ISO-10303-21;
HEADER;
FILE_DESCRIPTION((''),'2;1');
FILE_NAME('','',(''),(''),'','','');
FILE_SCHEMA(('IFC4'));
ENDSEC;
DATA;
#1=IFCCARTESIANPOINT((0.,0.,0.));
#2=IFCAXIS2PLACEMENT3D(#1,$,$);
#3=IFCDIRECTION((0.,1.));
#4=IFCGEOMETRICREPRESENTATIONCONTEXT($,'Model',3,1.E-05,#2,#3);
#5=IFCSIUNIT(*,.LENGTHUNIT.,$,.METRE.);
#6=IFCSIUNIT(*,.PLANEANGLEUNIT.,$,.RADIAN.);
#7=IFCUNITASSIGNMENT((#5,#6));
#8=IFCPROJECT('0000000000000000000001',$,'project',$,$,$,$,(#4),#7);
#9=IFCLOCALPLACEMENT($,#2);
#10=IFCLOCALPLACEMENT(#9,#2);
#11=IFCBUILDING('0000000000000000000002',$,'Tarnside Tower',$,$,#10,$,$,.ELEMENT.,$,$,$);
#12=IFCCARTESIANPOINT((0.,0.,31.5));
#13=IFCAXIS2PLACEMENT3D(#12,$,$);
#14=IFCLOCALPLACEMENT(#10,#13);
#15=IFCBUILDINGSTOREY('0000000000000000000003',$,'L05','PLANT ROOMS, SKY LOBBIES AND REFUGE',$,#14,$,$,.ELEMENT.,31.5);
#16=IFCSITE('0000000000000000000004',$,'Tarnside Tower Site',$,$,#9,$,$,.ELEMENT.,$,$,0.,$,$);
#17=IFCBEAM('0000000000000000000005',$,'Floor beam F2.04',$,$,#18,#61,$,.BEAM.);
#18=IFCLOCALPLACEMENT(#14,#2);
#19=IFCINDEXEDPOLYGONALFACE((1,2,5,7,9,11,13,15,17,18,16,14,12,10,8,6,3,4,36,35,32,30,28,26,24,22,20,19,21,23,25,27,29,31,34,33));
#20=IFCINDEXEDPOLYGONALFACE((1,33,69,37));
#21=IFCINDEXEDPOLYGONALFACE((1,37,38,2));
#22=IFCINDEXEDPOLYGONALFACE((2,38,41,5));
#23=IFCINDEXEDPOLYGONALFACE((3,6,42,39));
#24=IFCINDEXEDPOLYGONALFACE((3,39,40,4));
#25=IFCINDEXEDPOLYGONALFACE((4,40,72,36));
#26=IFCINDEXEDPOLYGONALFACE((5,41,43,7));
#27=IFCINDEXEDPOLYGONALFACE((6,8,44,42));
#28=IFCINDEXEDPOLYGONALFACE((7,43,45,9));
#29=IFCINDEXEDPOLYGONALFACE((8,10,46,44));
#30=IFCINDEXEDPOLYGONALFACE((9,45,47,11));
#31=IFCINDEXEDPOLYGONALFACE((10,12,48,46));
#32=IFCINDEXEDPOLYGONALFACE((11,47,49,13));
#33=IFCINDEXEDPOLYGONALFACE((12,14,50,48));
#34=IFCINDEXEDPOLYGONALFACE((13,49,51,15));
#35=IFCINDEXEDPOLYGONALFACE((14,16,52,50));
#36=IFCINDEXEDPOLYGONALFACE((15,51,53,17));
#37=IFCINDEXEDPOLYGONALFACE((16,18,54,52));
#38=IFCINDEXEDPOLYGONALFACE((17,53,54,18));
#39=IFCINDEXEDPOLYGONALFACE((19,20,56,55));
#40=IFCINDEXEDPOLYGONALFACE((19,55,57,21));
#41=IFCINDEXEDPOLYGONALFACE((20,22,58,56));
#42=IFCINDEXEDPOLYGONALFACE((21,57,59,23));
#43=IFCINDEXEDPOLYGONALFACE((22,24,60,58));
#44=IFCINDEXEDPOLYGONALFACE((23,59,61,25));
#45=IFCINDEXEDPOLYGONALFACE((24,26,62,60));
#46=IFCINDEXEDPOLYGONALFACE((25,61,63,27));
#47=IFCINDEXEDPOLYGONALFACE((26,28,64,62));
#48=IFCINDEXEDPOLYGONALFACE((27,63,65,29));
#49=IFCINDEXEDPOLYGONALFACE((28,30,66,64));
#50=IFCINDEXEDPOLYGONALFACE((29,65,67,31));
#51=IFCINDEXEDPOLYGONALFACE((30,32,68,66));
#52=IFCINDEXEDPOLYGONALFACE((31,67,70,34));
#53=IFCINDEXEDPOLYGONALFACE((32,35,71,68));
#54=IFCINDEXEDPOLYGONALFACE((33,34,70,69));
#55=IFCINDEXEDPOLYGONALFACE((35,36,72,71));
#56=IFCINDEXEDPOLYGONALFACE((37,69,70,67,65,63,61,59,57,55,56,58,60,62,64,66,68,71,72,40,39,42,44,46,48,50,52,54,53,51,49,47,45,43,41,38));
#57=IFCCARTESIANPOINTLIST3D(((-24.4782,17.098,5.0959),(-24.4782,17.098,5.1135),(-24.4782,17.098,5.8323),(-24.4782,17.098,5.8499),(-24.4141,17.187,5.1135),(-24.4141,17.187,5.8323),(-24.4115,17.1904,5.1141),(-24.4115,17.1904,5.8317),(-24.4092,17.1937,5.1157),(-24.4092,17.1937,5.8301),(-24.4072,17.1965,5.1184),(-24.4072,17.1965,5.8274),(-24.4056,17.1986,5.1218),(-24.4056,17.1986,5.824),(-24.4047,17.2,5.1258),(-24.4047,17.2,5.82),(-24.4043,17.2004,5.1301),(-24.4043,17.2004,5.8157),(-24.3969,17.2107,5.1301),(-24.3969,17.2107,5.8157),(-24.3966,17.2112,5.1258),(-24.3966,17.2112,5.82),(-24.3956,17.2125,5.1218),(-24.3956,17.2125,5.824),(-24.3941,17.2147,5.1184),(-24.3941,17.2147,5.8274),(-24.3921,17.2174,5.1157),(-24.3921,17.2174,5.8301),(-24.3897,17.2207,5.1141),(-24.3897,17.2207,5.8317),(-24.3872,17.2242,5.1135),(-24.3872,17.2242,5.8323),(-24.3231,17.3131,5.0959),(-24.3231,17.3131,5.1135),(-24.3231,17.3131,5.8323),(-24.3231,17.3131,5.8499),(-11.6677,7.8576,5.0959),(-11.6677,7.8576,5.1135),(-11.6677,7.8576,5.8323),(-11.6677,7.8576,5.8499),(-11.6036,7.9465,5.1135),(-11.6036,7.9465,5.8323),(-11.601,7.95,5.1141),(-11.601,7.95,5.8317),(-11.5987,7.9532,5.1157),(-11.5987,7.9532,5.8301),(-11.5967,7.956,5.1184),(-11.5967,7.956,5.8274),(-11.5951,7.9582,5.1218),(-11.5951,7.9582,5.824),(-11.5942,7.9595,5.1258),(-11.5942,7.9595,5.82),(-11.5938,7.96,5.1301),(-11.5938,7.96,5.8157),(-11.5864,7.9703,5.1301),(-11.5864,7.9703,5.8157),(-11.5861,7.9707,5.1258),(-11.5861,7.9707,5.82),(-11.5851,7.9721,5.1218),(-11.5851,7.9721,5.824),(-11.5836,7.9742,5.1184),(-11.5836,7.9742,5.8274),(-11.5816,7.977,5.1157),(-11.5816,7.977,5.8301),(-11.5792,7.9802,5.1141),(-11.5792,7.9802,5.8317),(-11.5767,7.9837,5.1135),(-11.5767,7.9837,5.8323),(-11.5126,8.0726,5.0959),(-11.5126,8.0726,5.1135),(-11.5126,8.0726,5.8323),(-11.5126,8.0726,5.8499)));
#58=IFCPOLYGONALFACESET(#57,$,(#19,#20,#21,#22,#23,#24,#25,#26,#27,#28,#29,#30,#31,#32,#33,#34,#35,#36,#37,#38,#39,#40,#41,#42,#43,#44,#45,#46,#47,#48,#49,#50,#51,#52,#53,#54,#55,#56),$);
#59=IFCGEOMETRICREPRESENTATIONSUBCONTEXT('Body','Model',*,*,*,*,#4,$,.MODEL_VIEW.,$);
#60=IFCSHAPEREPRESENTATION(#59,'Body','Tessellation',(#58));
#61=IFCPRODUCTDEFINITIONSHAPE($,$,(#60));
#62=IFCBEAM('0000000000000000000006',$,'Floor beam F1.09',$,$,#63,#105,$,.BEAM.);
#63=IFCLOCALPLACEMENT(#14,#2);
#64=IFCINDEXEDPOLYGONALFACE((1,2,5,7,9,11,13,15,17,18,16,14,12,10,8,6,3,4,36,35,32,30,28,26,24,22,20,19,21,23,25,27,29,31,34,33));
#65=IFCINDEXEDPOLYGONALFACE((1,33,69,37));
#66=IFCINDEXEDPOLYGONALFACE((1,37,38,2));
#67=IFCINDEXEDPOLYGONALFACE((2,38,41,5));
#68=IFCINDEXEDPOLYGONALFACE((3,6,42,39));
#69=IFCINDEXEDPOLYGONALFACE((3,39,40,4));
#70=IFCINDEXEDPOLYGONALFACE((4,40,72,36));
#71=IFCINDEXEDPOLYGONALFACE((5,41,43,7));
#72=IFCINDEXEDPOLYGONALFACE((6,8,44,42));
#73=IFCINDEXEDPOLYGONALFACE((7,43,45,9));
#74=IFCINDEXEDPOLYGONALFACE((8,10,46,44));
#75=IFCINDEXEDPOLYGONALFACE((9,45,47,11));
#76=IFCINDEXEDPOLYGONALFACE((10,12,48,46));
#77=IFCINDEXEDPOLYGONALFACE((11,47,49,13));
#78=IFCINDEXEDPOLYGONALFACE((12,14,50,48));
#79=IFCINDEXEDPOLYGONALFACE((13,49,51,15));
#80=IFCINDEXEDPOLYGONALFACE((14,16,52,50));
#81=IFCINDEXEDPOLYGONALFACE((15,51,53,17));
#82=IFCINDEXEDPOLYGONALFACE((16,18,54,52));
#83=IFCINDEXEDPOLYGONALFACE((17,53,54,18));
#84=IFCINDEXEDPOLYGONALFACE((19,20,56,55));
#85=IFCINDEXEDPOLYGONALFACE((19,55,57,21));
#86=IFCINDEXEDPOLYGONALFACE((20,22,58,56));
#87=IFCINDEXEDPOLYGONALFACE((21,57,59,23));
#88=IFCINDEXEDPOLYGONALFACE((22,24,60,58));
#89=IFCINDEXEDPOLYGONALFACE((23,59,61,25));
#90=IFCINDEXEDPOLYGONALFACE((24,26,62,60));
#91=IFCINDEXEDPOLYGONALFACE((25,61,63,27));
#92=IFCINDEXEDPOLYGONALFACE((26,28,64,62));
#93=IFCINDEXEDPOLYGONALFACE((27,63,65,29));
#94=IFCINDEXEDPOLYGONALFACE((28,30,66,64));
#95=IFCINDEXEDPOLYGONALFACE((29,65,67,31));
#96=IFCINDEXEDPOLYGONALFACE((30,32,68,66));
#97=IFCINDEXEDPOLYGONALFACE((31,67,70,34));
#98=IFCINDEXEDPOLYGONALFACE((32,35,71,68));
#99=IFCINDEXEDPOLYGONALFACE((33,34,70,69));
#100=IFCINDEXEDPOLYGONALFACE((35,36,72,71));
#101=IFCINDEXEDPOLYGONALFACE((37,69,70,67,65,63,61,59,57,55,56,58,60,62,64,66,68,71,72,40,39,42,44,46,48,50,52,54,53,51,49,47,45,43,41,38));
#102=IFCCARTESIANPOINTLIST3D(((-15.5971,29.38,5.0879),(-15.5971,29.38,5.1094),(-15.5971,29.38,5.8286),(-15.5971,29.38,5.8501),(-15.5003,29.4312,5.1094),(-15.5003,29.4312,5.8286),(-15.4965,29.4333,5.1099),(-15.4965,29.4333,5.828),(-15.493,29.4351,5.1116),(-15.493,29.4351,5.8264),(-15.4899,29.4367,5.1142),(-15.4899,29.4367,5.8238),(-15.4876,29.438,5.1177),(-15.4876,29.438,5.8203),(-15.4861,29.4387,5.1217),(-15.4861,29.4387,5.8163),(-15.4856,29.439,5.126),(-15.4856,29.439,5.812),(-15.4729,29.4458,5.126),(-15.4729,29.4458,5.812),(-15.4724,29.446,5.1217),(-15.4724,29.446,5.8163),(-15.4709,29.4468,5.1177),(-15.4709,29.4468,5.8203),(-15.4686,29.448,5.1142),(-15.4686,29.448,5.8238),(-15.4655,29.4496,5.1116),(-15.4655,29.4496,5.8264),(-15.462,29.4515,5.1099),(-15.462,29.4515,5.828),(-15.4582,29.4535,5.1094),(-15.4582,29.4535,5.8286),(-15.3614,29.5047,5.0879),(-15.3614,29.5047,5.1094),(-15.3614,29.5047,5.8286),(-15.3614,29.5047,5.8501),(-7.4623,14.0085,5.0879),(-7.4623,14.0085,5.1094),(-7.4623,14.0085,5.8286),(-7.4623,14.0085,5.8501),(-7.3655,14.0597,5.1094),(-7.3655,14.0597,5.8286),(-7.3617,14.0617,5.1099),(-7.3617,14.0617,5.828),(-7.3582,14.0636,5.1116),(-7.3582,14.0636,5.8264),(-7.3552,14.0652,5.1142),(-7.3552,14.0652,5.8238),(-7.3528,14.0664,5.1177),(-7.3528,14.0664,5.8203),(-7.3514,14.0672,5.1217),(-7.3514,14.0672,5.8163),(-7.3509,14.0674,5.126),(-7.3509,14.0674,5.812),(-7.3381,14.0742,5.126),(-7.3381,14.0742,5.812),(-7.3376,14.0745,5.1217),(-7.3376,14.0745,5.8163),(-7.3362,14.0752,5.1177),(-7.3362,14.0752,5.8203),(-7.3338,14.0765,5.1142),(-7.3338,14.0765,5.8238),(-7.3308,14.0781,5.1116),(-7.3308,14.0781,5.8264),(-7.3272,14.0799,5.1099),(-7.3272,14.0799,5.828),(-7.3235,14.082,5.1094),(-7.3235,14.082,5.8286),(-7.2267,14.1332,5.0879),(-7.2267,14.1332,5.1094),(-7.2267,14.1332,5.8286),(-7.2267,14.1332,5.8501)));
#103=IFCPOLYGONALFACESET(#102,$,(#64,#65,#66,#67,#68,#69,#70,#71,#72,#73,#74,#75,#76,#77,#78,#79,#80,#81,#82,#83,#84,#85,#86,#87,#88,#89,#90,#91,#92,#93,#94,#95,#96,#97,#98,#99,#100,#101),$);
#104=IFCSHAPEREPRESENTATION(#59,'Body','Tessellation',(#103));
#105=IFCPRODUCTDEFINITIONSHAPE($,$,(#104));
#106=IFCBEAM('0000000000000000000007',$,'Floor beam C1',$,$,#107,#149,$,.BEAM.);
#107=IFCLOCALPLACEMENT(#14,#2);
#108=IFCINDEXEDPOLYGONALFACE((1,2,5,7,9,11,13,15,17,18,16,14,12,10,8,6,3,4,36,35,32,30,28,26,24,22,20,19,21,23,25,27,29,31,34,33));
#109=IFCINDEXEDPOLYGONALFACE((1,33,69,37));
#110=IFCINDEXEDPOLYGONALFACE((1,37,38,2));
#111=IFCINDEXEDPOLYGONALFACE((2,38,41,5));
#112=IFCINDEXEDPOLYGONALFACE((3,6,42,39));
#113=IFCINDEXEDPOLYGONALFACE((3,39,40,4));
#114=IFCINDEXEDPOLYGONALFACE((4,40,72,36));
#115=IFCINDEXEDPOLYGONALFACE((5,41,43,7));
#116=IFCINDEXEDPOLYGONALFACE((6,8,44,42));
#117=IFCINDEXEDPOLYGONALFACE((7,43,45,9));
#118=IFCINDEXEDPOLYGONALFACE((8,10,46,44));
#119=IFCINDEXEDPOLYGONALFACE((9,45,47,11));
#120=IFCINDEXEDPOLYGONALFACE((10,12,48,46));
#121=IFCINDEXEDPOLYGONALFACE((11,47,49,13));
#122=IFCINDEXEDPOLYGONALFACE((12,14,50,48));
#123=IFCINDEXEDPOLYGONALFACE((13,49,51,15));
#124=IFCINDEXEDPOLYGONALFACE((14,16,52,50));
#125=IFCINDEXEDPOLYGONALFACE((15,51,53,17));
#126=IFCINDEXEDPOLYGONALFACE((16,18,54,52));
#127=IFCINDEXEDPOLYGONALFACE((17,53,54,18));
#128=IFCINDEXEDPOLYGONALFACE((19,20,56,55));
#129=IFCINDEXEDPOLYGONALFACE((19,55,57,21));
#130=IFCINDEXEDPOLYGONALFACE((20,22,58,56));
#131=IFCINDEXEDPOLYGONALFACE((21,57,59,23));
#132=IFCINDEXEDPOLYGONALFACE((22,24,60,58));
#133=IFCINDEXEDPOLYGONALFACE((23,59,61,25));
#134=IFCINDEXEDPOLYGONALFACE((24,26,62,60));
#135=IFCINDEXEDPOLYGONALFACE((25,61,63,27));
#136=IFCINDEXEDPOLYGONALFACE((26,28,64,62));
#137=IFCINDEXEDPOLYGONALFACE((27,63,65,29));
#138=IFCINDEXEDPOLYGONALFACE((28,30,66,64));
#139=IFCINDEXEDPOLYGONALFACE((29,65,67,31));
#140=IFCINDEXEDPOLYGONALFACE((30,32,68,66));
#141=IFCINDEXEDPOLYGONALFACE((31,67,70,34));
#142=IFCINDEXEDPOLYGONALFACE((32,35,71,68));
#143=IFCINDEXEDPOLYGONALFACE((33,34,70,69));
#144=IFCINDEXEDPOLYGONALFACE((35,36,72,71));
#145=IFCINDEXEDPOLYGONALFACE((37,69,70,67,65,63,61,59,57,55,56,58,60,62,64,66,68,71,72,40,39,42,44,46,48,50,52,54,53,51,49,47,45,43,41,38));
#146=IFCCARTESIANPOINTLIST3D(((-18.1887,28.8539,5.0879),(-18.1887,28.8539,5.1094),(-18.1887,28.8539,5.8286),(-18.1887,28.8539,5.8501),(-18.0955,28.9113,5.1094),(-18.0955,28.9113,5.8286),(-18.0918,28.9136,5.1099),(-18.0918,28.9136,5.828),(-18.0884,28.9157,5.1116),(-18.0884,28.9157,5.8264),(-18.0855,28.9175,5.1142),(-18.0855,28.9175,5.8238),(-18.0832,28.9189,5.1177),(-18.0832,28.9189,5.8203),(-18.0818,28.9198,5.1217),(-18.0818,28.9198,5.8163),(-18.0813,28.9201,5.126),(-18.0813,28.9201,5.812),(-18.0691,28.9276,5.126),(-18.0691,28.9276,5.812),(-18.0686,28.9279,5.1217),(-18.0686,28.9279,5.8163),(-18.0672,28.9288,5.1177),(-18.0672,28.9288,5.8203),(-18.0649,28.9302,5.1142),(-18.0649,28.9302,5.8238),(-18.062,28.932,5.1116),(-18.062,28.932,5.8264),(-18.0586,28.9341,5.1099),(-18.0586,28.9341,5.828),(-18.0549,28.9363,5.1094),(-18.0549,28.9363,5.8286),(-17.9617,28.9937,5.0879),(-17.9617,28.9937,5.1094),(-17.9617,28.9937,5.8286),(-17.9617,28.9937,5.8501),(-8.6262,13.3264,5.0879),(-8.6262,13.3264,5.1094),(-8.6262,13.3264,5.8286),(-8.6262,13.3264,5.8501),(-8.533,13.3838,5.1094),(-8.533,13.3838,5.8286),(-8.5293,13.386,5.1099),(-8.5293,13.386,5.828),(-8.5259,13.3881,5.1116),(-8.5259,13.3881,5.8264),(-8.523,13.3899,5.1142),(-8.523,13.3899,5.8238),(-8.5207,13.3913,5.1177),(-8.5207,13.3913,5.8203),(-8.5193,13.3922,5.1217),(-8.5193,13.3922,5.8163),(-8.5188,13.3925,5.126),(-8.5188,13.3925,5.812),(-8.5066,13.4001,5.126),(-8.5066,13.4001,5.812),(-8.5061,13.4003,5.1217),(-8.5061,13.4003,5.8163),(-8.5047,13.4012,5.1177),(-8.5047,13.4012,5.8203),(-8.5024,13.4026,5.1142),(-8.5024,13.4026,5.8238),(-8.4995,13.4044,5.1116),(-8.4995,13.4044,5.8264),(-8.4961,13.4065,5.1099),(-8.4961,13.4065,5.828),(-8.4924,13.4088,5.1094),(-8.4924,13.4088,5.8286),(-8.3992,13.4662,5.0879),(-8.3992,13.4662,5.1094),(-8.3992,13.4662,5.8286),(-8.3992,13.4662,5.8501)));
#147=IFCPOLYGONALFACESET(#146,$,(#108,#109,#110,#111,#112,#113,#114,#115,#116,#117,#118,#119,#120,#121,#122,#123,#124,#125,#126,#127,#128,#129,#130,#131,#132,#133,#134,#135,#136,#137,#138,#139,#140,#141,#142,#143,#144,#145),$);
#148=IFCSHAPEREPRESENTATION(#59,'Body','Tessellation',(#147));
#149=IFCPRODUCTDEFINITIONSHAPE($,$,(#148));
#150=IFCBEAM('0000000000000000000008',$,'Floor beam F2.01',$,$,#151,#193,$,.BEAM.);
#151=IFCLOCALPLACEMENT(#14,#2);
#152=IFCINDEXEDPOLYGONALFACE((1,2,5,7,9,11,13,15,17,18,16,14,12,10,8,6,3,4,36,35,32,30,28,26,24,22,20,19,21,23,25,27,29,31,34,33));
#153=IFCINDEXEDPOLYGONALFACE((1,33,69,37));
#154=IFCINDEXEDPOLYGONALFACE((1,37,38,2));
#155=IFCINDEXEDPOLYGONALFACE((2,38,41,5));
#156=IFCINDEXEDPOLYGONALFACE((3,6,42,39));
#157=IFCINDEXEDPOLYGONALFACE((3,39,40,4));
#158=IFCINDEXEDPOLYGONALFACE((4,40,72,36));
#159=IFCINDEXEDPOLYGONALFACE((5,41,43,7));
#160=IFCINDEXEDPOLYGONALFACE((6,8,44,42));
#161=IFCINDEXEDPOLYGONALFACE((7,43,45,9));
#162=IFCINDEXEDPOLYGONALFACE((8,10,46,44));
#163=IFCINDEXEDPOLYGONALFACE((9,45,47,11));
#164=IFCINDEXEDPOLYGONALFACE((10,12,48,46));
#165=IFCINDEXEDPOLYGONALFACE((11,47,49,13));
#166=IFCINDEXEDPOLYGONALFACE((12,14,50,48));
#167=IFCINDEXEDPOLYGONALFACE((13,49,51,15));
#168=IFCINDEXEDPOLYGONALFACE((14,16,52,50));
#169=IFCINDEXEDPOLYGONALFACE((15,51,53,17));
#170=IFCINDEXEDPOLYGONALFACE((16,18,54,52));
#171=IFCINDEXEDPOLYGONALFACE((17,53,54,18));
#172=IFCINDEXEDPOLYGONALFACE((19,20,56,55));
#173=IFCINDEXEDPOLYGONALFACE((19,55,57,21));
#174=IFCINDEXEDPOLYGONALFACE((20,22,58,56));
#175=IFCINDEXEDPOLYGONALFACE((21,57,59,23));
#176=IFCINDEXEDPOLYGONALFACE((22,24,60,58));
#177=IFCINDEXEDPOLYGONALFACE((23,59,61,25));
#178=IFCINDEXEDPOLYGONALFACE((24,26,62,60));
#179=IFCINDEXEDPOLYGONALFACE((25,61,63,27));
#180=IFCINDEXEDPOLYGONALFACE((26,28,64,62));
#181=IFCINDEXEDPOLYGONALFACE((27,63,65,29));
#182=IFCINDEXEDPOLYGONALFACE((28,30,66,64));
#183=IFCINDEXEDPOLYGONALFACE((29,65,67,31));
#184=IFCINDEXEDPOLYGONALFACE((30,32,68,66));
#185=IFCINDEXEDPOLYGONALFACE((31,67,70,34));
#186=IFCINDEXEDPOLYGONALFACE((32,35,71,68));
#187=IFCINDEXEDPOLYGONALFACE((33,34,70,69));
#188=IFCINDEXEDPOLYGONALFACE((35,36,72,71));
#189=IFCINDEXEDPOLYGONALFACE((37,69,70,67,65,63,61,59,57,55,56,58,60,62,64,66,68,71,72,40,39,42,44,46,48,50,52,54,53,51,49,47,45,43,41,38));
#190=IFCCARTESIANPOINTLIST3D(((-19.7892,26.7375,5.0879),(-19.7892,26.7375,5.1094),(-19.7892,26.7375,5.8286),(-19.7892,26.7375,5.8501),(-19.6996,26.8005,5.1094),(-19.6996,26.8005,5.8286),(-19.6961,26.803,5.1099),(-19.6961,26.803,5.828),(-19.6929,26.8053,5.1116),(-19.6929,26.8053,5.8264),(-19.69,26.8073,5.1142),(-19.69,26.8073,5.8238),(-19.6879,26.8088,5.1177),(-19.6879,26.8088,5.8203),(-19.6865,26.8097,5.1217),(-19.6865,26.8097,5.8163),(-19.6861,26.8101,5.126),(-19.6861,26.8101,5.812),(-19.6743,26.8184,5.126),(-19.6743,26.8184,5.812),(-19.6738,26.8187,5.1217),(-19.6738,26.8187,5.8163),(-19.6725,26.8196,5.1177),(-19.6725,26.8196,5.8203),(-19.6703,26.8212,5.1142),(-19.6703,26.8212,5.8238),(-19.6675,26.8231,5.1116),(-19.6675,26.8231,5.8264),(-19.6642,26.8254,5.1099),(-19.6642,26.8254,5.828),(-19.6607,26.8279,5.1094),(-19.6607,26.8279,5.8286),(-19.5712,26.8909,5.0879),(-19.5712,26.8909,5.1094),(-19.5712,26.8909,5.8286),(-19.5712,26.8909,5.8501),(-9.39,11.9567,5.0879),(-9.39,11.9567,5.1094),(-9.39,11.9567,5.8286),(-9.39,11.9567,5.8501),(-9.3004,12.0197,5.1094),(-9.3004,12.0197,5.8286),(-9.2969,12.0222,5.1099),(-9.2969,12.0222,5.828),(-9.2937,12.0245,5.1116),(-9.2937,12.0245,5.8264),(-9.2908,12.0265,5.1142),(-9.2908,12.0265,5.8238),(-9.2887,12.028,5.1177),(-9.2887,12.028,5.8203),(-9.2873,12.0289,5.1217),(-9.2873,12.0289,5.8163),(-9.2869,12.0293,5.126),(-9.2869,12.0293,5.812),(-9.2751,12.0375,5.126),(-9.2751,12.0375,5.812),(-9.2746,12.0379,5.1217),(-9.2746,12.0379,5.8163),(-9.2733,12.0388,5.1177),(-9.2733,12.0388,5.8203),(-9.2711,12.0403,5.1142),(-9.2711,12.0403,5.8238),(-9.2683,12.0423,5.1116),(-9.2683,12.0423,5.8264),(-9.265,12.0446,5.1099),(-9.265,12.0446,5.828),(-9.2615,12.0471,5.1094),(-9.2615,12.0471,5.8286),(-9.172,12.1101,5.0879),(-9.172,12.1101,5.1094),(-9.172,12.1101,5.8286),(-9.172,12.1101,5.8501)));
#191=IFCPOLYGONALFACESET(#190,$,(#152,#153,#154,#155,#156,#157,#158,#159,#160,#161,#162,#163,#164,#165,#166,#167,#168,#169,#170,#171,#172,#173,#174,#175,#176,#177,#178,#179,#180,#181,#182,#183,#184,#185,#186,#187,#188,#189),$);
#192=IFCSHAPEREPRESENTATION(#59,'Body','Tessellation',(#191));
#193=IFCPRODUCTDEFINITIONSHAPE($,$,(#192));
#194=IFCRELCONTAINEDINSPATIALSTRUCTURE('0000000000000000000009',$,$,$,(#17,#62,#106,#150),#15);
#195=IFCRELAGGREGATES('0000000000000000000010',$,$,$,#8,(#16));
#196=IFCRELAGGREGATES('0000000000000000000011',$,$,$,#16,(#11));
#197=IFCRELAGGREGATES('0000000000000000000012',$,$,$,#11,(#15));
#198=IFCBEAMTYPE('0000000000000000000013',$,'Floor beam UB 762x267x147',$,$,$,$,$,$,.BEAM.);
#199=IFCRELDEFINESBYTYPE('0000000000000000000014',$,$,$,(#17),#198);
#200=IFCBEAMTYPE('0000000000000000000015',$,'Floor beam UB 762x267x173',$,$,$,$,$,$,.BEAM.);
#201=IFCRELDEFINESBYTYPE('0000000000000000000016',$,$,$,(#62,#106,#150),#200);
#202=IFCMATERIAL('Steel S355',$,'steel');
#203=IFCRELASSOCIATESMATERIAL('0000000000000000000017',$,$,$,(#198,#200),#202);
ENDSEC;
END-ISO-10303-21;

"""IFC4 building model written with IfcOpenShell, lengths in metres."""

from ifc_helpers import new_model, si_unit, direction, frame, origin, origin_2d, place, context, subcontext, project, spatial, i_section, extrude, material, material_profile, profile_set, type_object, element, save


model = new_model("IFC4")

# Units and contexts
model_context = context("Model", 3, precision=1e-05, world=origin(), true_north=direction((0.0, 1.0)))
body_context = subcontext(model_context, "Body", "Model", "MODEL_VIEW")
ifc_project = project(units=[si_unit("LENGTHUNIT", "METRE"), si_unit("PLANEANGLEUNIT", "RADIAN")], contexts=[model_context])

# Site, building, storey
site_placement = place(None, origin())
site = spatial("IfcSite", under=ifc_project, at=site_placement, Name="Tarnside Tower Site", CompositionType="ELEMENT", RefElevation=0.0)
building_placement = place(site_placement, origin())
building = spatial("IfcBuilding", under=site, at=building_placement, Name="Tarnside Tower", CompositionType="ELEMENT")
storey_placement = place(building_placement, frame((0.0, 0.0, 31.5)))
storey = spatial("IfcBuildingStorey", under=building, at=storey_placement, Name="L05", Description="PLANT ROOMS, SKY LOBBIES AND REFUGE", CompositionType="ELEMENT", Elevation=31.5)

# Beams
ifc_material_1 = material(Name="Steel S355", Category="steel")
ifc_material_profile_1 = material_profile(ifc_material_1, i_section(OverallWidth=0.2651, OverallDepth=0.7539, WebThickness=0.0127, FlangeThickness=0.0176, FilletRadius=0.0166, at=origin_2d()), Name="UB 762x267x147")
ifc_profile_set_1 = profile_set([ifc_material_profile_1], Name="Steel S355")
beam_type_1 = type_object("IfcBeamType", Name="Floor beam UB 762x267x147", PredefinedType="BEAM", material=ifc_profile_set_1)
beam_1_placement = place(storey_placement, frame((-24.4006, 17.2056, 5.4729), z_axis=(0.811027, -0.585009, 0.0), x_axis=(0.585009, 0.811027, 0.0)))
element("IfcBeam", 1, at=beam_1_placement, inside=storey, type_object=beam_type_1, Name="Floor beam F2.04", PredefinedType="BEAM", context=body_context, shape_type="SweptSolid", body=[
    extrude(i_section(OverallWidth=0.2651, OverallDepth=0.7539, WebThickness=0.0127, FlangeThickness=0.0176, FilletRadius=0.0166, at=origin_2d()), origin(), (0.0, 0.0, 1.0), 15.7954),
])
ifc_material_profile_2 = material_profile(ifc_material_1, i_section(OverallWidth=0.2666, OverallDepth=0.7622, WebThickness=0.0144, FlangeThickness=0.0215, FilletRadius=0.0166, at=origin_2d()), Name="UB 762x267x173")
ifc_profile_set_2 = profile_set([ifc_material_profile_2], Name="Steel S355")
beam_type_2 = type_object("IfcBeamType", Name="Floor beam UB 762x267x173", PredefinedType="BEAM", material=ifc_profile_set_2)
beam_2_placement = place(storey_placement, frame((-15.4792, 29.4424, 5.469), z_axis=(0.467747, -0.883862, 0.0), x_axis=(0.883862, 0.467747, 0.0)))
element("IfcBeam", 2, at=beam_2_placement, inside=storey, type_object=beam_type_2, Name="Floor beam F1.09", PredefinedType="BEAM", context=body_context, shape_type="SweptSolid", body=[
    extrude(i_section(OverallWidth=0.2666, OverallDepth=0.7622, WebThickness=0.0144, FlangeThickness=0.0215, FilletRadius=0.0166, at=origin_2d()), origin(), (0.0, 0.0, 1.0), 17.3914),
])
beam_3_placement = place(storey_placement, frame((-18.0752, 28.9238, 5.469), z_axis=(0.524378, -0.851485, 0.0), x_axis=(0.851485, 0.524378, 0.0)))
element("IfcBeam", 3, at=beam_3_placement, inside=storey, type_object=beam_type_2, Name="Floor beam C1", PredefinedType="BEAM", context=body_context, shape_type="SweptSolid", body=[
    extrude(i_section(OverallWidth=0.2666, OverallDepth=0.7622, WebThickness=0.0144, FlangeThickness=0.0215, FilletRadius=0.0166, at=origin_2d()), origin(), (0.0, 0.0, 1.0), 18.2358),
])
beam_4_placement = place(storey_placement, frame((-19.6802, 26.8142, 5.469), z_axis=(0.575415, -0.817861, 0.0), x_axis=(0.817861, 0.575415, 0.0)))
element("IfcBeam", 4, at=beam_4_placement, inside=storey, type_object=beam_type_2, Name="Floor beam F2.01", PredefinedType="BEAM", context=body_context, shape_type="SweptSolid", body=[
    extrude(i_section(OverallWidth=0.2666, OverallDepth=0.7622, WebThickness=0.0144, FlangeThickness=0.0215, FilletRadius=0.0166, at=origin_2d()), origin(), (0.0, 0.0, 1.0), 18.0725),
])

save(model, "model.ifc")
